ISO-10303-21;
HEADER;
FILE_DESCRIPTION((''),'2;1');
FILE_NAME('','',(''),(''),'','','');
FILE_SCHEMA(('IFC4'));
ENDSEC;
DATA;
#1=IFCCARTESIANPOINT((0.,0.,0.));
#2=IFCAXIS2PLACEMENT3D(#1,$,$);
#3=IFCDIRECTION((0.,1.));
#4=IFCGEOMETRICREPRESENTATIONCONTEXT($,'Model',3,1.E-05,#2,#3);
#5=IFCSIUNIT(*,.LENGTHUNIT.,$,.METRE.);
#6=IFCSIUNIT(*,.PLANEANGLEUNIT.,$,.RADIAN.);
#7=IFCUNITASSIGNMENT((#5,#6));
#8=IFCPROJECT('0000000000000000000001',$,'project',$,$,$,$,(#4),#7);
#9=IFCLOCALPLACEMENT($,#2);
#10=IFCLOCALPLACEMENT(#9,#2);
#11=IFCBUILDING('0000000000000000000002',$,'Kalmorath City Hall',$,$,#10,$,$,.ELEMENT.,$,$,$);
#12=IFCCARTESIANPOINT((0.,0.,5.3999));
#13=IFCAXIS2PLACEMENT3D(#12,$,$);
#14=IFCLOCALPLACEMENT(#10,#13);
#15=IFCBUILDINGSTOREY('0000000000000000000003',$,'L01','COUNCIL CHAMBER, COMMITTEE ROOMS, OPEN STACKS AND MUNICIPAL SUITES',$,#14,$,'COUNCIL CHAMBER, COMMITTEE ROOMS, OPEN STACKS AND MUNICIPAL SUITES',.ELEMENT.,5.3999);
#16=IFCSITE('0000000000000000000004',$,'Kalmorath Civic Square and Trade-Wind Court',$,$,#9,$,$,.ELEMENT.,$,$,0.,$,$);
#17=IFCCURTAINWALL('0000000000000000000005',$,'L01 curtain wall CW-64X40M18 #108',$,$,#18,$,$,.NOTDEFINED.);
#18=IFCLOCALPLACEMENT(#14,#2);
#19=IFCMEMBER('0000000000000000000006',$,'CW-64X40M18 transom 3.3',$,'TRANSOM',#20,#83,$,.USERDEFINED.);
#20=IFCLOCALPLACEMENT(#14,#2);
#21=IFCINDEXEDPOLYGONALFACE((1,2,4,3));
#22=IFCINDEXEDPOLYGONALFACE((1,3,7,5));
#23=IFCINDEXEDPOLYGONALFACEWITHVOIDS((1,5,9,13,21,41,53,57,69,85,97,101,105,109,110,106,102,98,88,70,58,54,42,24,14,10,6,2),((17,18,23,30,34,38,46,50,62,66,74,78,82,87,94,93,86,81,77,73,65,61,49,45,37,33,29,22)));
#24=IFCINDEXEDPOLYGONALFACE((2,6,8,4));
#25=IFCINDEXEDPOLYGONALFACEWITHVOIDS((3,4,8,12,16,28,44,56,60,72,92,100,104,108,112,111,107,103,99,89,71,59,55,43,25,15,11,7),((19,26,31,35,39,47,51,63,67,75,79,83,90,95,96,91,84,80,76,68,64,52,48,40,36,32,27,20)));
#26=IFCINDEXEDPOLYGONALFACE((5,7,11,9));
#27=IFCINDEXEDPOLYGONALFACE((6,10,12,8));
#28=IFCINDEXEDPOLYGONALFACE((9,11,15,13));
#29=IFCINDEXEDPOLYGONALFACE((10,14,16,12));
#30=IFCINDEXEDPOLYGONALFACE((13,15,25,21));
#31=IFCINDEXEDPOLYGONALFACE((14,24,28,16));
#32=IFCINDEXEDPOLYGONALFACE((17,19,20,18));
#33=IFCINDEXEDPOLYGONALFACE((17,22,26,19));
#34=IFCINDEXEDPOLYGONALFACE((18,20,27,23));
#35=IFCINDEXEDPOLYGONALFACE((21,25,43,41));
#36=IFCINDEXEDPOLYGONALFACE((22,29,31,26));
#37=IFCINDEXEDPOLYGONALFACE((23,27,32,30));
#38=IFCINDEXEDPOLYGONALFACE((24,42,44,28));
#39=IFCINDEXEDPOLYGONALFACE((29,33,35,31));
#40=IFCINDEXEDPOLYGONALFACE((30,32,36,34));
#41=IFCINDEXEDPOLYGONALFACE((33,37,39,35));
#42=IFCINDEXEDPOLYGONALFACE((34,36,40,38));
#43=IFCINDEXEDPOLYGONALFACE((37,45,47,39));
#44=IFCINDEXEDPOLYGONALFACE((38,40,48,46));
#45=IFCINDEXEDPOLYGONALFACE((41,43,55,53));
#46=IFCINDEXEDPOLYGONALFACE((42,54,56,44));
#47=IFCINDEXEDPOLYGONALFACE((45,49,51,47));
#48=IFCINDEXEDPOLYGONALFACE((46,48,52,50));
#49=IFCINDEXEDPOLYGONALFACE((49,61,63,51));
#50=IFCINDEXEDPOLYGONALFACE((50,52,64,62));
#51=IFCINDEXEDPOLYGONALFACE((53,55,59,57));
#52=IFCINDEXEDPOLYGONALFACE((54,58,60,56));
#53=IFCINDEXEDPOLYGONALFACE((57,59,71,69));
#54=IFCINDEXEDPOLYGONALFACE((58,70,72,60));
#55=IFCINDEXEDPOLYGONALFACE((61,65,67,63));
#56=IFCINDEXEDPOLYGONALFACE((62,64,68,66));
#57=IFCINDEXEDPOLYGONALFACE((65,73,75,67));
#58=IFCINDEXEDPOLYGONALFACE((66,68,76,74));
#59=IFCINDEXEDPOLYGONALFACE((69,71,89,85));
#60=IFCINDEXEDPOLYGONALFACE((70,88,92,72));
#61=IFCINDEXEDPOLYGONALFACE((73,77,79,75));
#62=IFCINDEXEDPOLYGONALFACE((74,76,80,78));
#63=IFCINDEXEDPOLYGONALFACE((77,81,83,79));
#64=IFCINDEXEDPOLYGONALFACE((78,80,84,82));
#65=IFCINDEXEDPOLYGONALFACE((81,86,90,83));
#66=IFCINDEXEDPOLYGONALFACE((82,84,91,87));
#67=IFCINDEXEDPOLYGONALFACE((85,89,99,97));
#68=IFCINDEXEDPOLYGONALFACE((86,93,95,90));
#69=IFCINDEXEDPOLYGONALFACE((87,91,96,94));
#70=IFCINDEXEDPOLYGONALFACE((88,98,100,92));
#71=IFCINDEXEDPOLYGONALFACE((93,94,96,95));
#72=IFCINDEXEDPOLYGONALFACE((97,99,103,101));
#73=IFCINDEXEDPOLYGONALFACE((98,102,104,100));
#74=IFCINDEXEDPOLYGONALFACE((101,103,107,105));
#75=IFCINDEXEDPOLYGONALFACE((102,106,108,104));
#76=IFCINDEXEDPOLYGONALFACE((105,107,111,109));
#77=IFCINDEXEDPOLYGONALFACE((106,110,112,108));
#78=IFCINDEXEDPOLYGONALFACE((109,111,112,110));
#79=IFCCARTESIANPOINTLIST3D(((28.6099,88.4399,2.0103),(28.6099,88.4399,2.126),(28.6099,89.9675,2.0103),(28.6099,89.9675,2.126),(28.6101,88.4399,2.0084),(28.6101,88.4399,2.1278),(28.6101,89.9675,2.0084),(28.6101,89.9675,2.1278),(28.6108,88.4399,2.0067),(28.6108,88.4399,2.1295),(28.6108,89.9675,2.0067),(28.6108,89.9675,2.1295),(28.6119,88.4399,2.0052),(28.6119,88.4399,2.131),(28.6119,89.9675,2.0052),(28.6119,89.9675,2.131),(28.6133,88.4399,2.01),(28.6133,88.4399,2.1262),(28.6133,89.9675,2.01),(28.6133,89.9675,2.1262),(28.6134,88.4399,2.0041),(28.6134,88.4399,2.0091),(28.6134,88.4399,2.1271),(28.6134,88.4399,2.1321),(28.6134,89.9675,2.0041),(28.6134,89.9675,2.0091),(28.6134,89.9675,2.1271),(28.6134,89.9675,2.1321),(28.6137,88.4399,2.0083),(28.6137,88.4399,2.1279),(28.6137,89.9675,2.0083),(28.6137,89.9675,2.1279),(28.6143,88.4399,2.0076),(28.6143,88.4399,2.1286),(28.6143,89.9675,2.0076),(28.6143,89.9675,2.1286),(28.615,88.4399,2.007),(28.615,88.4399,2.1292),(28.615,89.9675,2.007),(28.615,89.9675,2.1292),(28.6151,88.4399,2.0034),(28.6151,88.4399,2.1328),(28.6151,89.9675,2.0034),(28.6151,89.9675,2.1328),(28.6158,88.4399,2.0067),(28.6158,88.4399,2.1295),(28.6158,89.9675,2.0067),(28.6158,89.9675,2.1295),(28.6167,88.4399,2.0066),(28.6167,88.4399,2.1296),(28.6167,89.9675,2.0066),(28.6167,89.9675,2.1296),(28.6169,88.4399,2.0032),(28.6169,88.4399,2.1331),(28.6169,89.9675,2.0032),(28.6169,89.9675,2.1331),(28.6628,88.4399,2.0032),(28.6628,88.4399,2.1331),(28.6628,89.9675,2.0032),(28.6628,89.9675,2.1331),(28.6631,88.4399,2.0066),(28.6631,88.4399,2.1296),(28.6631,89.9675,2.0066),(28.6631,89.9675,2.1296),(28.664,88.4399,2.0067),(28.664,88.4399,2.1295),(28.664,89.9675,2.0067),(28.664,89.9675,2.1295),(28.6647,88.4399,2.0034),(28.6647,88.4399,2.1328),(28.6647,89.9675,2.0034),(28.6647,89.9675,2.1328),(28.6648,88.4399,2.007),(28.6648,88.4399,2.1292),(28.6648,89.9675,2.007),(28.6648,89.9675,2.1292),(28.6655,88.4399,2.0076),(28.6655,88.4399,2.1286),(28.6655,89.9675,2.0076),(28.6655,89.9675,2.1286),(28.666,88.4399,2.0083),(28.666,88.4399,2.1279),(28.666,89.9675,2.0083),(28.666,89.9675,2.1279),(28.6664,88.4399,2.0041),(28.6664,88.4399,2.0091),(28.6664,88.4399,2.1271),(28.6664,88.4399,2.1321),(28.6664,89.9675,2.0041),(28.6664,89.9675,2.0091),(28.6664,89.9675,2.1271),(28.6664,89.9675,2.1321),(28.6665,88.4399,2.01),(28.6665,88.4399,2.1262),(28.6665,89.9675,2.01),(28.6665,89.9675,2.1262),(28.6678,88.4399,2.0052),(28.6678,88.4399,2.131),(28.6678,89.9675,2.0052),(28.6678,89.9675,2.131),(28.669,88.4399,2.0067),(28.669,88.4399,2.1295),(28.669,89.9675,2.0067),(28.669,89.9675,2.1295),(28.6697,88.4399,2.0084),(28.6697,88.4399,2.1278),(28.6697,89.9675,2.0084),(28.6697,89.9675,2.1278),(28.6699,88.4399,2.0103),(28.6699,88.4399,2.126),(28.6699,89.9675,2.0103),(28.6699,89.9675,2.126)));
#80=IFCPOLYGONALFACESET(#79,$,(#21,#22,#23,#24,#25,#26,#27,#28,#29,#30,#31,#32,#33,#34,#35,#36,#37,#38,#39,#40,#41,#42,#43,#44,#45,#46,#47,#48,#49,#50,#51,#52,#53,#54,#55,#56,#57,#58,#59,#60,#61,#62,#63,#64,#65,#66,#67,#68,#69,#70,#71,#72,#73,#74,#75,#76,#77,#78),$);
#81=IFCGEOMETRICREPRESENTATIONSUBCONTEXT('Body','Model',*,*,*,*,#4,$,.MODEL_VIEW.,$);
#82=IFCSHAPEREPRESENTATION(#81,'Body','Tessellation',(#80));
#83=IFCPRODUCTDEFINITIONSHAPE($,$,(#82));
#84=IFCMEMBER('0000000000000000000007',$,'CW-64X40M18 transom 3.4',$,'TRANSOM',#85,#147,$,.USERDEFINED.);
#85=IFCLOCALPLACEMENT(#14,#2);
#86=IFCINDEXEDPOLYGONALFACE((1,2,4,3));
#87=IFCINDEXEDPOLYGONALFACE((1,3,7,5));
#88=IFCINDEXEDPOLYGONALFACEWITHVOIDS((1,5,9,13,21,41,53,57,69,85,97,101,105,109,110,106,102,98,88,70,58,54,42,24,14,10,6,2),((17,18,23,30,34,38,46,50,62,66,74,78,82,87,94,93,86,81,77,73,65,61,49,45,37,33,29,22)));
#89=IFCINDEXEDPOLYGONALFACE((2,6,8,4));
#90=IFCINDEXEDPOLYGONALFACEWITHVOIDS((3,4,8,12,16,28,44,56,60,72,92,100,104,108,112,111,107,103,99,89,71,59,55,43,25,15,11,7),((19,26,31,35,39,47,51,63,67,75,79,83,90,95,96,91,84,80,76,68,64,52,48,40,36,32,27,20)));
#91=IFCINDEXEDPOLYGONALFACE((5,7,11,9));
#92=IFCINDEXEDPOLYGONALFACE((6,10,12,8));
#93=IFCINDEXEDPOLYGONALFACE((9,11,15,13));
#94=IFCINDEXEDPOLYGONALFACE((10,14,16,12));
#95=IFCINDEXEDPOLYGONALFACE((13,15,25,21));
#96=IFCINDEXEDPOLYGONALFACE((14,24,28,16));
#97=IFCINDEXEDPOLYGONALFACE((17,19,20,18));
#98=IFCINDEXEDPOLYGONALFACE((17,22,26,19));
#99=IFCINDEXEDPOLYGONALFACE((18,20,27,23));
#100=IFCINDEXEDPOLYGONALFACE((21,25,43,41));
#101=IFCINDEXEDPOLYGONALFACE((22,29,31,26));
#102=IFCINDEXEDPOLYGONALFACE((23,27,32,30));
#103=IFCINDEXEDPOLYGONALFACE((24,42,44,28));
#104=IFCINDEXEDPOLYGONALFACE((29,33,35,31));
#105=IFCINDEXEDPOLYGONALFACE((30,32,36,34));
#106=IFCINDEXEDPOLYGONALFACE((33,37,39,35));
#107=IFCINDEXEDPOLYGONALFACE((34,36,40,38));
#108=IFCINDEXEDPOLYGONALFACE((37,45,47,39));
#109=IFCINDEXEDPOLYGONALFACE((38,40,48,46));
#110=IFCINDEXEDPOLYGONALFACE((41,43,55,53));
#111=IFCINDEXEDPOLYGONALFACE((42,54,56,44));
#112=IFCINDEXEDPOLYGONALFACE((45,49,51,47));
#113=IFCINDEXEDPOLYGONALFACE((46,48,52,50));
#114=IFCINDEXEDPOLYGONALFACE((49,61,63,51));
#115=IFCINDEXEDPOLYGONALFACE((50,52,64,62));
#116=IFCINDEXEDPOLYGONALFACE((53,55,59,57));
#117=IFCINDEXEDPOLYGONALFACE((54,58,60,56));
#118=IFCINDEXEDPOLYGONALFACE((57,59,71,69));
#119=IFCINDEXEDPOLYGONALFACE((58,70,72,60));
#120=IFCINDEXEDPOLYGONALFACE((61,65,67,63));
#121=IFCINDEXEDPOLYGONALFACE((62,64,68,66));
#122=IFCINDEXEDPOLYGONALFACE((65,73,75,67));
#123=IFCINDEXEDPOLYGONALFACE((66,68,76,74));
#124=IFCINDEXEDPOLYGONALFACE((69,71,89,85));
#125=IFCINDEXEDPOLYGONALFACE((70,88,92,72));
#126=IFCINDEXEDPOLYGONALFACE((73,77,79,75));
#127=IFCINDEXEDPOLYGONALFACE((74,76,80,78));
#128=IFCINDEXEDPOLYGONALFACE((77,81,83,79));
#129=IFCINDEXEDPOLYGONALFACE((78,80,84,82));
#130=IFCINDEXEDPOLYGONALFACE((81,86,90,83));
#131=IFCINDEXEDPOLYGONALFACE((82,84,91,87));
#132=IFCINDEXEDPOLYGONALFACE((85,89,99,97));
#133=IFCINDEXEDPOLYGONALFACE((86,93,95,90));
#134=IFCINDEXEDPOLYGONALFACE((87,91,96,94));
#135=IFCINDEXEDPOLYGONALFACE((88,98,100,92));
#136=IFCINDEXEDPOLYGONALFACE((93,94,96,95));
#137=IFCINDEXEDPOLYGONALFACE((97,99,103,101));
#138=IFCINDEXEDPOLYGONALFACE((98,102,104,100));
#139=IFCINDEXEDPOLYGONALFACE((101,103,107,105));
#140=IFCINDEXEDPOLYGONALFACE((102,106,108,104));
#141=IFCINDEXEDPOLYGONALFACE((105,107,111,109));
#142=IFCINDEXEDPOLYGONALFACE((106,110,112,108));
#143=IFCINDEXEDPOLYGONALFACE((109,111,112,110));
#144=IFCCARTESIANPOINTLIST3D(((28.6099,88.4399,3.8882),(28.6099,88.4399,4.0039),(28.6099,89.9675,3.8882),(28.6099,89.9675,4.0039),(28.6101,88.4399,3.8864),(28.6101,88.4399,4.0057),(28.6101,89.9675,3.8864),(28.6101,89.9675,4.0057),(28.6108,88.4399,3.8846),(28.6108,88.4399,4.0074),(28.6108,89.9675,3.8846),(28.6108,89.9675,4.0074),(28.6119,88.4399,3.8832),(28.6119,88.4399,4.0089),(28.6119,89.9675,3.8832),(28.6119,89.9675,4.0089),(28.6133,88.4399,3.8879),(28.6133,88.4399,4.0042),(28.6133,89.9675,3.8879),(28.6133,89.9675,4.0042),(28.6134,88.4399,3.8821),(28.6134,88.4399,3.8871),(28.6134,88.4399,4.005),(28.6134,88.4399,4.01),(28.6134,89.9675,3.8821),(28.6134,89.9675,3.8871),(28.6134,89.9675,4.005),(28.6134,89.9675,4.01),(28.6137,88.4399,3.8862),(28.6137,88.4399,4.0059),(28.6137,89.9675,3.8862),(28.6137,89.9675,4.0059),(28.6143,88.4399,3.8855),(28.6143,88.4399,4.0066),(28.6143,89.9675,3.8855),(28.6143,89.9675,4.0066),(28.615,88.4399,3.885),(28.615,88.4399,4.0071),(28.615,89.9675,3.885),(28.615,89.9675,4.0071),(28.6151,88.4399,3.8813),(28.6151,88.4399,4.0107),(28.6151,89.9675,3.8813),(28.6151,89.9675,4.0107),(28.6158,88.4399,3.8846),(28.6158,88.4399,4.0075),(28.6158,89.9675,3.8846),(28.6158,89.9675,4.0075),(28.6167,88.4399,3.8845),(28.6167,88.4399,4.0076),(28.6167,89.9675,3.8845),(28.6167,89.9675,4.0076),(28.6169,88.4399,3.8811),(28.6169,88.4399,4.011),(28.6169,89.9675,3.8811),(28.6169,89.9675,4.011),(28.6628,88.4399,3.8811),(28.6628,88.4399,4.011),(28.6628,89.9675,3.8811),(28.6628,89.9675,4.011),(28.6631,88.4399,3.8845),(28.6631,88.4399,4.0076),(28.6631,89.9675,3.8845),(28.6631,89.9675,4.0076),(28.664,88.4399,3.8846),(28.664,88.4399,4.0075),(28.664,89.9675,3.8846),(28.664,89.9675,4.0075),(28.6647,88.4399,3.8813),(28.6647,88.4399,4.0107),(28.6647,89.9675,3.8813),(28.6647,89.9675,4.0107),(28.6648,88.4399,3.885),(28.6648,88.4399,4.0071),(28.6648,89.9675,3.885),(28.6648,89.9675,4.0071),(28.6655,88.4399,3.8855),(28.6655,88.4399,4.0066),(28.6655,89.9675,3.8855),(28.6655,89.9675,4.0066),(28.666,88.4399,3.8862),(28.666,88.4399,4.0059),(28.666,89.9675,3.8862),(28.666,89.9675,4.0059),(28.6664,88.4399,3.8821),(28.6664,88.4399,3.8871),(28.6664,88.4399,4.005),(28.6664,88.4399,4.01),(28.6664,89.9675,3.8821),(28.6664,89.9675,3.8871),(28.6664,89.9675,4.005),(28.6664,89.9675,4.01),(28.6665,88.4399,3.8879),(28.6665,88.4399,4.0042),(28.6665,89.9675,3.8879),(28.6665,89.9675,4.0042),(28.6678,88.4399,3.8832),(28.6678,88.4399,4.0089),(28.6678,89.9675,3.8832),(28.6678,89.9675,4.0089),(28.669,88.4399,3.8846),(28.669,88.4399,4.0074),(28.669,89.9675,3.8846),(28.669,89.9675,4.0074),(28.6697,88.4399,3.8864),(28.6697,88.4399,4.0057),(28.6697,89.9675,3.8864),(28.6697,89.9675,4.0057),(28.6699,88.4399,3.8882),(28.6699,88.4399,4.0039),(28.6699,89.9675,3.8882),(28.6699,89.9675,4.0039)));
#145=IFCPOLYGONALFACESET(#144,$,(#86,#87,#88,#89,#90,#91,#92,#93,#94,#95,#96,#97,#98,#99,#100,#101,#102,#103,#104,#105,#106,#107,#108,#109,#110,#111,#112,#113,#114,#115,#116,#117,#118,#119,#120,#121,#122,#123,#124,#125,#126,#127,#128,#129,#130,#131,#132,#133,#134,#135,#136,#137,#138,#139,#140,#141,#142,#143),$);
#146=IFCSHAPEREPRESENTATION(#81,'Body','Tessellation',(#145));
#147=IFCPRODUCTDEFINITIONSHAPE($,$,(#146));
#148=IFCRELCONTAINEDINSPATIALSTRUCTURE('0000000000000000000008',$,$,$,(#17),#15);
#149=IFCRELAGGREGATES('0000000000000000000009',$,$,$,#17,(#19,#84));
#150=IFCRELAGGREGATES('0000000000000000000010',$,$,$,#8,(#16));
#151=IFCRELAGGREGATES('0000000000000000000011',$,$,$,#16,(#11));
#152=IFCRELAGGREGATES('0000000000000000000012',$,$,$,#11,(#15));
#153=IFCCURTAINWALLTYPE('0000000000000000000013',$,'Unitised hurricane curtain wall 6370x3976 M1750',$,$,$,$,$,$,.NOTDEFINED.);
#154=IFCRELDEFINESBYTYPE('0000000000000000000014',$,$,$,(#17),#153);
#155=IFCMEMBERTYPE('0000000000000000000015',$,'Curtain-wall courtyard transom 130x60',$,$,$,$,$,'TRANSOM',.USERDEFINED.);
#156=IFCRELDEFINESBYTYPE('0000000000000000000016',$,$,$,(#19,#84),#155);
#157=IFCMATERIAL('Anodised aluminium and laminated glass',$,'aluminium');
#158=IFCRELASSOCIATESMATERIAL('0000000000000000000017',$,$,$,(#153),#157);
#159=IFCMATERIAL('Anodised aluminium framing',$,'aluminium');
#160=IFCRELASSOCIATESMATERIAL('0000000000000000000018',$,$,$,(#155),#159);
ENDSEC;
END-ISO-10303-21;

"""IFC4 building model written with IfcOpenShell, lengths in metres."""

from ifc_helpers import new_model, si_unit, direction, frame, origin, origin_2d, place, context, subcontext, project, spatial, hollow_rectangle, extrude, material, material_profile, profile_set, type_object, element, aggregate, save


model = new_model("IFC4")

# Units and contexts
model_context = context("Model", 3, precision=1e-05, world=origin(), true_north=direction((0.0, 1.0)))
body_context = subcontext(model_context, "Body", "Model", "MODEL_VIEW")
ifc_project = project(units=[si_unit("LENGTHUNIT", "METRE"), si_unit("PLANEANGLEUNIT", "RADIAN")], contexts=[model_context])

# Site, building, storey
site_placement = place(None, origin())
site = spatial("IfcSite", under=ifc_project, at=site_placement, Name="Kalmorath Civic Square and Trade-Wind Court", CompositionType="ELEMENT", RefElevation=0.0)
building_placement = place(site_placement, origin())
building = spatial("IfcBuilding", under=site, at=building_placement, Name="Kalmorath City Hall", CompositionType="ELEMENT")
storey_placement = place(building_placement, frame((0.0, 0.0, 5.3999)))
storey = spatial("IfcBuildingStorey", under=building, at=storey_placement, Name="L01", Description="COUNCIL CHAMBER, COMMITTEE ROOMS, OPEN STACKS AND MUNICIPAL SUITES", LongName="COUNCIL CHAMBER, COMMITTEE ROOMS, OPEN STACKS AND MUNICIPAL SUITES", CompositionType="ELEMENT", Elevation=5.3999)

# Curtain wall, members
ifc_material_1 = material(Name="Anodised aluminium and laminated glass", Category="aluminium")
curtain_wall_type = type_object("IfcCurtainWallType", Name="Unitised hurricane curtain wall 6370x3976 M1750", PredefinedType="NOTDEFINED", material=ifc_material_1)
curtain_wall_placement = place(storey_placement, origin())
curtain_wall = element("IfcCurtainWall", 1, at=curtain_wall_placement, inside=storey, type_object=curtain_wall_type, Name="L01 curtain wall CW-64X40M18 #108", PredefinedType="NOTDEFINED")
ifc_material_2 = material(Name="Anodised aluminium framing", Category="aluminium")
ifc_material_profile_1 = material_profile(ifc_material_2, hollow_rectangle(XDim=0.0601, YDim=0.1299, WallThickness=0.0034, InnerFilletRadius=0.0034, OuterFilletRadius=0.0071, at=origin_2d()), Name="ALU-TRN-130X60X3.5")
ifc_profile_set_1 = profile_set([ifc_material_profile_1], Name="Anodised aluminium framing")
member_type_1 = type_object("IfcMemberType", Name="Curtain-wall courtyard transom 130x60", ElementType="TRANSOM", PredefinedType="USERDEFINED", material=ifc_profile_set_1)
member_1_placement = place(storey_placement, frame((28.6399, 89.9675, 2.0681), z_axis=(0.0, -1.0, 0.0), x_axis=(1.0, 0.0, 0.0)))
member_1 = element("IfcMember", 2, at=member_1_placement, type_object=member_type_1, Name="CW-64X40M18 transom 3.3", ObjectType="TRANSOM", PredefinedType="USERDEFINED", context=body_context, shape_type="SweptSolid", body=[
    extrude(hollow_rectangle(XDim=0.0601, YDim=0.1299, WallThickness=0.0034, InnerFilletRadius=0.0034, OuterFilletRadius=0.0071, at=origin_2d()), origin(), (0.0, 0.0, 1.0), 1.5276),
])
member_2_placement = place(storey_placement, frame((28.6399, 89.9675, 3.946), z_axis=(0.0, -1.0, 0.0), x_axis=(1.0, 0.0, 0.0)))
member_2 = element("IfcMember", 3, at=member_2_placement, type_object=member_type_1, Name="CW-64X40M18 transom 3.4", ObjectType="TRANSOM", PredefinedType="USERDEFINED", context=body_context, shape_type="SweptSolid", body=[
    extrude(hollow_rectangle(XDim=0.0601, YDim=0.1299, WallThickness=0.0034, InnerFilletRadius=0.0034, OuterFilletRadius=0.0071, at=origin_2d()), origin(), (0.0, 0.0, 1.0), 1.5276),
])
aggregate(curtain_wall, [member_1, member_2])

save(model, "model.ifc")
